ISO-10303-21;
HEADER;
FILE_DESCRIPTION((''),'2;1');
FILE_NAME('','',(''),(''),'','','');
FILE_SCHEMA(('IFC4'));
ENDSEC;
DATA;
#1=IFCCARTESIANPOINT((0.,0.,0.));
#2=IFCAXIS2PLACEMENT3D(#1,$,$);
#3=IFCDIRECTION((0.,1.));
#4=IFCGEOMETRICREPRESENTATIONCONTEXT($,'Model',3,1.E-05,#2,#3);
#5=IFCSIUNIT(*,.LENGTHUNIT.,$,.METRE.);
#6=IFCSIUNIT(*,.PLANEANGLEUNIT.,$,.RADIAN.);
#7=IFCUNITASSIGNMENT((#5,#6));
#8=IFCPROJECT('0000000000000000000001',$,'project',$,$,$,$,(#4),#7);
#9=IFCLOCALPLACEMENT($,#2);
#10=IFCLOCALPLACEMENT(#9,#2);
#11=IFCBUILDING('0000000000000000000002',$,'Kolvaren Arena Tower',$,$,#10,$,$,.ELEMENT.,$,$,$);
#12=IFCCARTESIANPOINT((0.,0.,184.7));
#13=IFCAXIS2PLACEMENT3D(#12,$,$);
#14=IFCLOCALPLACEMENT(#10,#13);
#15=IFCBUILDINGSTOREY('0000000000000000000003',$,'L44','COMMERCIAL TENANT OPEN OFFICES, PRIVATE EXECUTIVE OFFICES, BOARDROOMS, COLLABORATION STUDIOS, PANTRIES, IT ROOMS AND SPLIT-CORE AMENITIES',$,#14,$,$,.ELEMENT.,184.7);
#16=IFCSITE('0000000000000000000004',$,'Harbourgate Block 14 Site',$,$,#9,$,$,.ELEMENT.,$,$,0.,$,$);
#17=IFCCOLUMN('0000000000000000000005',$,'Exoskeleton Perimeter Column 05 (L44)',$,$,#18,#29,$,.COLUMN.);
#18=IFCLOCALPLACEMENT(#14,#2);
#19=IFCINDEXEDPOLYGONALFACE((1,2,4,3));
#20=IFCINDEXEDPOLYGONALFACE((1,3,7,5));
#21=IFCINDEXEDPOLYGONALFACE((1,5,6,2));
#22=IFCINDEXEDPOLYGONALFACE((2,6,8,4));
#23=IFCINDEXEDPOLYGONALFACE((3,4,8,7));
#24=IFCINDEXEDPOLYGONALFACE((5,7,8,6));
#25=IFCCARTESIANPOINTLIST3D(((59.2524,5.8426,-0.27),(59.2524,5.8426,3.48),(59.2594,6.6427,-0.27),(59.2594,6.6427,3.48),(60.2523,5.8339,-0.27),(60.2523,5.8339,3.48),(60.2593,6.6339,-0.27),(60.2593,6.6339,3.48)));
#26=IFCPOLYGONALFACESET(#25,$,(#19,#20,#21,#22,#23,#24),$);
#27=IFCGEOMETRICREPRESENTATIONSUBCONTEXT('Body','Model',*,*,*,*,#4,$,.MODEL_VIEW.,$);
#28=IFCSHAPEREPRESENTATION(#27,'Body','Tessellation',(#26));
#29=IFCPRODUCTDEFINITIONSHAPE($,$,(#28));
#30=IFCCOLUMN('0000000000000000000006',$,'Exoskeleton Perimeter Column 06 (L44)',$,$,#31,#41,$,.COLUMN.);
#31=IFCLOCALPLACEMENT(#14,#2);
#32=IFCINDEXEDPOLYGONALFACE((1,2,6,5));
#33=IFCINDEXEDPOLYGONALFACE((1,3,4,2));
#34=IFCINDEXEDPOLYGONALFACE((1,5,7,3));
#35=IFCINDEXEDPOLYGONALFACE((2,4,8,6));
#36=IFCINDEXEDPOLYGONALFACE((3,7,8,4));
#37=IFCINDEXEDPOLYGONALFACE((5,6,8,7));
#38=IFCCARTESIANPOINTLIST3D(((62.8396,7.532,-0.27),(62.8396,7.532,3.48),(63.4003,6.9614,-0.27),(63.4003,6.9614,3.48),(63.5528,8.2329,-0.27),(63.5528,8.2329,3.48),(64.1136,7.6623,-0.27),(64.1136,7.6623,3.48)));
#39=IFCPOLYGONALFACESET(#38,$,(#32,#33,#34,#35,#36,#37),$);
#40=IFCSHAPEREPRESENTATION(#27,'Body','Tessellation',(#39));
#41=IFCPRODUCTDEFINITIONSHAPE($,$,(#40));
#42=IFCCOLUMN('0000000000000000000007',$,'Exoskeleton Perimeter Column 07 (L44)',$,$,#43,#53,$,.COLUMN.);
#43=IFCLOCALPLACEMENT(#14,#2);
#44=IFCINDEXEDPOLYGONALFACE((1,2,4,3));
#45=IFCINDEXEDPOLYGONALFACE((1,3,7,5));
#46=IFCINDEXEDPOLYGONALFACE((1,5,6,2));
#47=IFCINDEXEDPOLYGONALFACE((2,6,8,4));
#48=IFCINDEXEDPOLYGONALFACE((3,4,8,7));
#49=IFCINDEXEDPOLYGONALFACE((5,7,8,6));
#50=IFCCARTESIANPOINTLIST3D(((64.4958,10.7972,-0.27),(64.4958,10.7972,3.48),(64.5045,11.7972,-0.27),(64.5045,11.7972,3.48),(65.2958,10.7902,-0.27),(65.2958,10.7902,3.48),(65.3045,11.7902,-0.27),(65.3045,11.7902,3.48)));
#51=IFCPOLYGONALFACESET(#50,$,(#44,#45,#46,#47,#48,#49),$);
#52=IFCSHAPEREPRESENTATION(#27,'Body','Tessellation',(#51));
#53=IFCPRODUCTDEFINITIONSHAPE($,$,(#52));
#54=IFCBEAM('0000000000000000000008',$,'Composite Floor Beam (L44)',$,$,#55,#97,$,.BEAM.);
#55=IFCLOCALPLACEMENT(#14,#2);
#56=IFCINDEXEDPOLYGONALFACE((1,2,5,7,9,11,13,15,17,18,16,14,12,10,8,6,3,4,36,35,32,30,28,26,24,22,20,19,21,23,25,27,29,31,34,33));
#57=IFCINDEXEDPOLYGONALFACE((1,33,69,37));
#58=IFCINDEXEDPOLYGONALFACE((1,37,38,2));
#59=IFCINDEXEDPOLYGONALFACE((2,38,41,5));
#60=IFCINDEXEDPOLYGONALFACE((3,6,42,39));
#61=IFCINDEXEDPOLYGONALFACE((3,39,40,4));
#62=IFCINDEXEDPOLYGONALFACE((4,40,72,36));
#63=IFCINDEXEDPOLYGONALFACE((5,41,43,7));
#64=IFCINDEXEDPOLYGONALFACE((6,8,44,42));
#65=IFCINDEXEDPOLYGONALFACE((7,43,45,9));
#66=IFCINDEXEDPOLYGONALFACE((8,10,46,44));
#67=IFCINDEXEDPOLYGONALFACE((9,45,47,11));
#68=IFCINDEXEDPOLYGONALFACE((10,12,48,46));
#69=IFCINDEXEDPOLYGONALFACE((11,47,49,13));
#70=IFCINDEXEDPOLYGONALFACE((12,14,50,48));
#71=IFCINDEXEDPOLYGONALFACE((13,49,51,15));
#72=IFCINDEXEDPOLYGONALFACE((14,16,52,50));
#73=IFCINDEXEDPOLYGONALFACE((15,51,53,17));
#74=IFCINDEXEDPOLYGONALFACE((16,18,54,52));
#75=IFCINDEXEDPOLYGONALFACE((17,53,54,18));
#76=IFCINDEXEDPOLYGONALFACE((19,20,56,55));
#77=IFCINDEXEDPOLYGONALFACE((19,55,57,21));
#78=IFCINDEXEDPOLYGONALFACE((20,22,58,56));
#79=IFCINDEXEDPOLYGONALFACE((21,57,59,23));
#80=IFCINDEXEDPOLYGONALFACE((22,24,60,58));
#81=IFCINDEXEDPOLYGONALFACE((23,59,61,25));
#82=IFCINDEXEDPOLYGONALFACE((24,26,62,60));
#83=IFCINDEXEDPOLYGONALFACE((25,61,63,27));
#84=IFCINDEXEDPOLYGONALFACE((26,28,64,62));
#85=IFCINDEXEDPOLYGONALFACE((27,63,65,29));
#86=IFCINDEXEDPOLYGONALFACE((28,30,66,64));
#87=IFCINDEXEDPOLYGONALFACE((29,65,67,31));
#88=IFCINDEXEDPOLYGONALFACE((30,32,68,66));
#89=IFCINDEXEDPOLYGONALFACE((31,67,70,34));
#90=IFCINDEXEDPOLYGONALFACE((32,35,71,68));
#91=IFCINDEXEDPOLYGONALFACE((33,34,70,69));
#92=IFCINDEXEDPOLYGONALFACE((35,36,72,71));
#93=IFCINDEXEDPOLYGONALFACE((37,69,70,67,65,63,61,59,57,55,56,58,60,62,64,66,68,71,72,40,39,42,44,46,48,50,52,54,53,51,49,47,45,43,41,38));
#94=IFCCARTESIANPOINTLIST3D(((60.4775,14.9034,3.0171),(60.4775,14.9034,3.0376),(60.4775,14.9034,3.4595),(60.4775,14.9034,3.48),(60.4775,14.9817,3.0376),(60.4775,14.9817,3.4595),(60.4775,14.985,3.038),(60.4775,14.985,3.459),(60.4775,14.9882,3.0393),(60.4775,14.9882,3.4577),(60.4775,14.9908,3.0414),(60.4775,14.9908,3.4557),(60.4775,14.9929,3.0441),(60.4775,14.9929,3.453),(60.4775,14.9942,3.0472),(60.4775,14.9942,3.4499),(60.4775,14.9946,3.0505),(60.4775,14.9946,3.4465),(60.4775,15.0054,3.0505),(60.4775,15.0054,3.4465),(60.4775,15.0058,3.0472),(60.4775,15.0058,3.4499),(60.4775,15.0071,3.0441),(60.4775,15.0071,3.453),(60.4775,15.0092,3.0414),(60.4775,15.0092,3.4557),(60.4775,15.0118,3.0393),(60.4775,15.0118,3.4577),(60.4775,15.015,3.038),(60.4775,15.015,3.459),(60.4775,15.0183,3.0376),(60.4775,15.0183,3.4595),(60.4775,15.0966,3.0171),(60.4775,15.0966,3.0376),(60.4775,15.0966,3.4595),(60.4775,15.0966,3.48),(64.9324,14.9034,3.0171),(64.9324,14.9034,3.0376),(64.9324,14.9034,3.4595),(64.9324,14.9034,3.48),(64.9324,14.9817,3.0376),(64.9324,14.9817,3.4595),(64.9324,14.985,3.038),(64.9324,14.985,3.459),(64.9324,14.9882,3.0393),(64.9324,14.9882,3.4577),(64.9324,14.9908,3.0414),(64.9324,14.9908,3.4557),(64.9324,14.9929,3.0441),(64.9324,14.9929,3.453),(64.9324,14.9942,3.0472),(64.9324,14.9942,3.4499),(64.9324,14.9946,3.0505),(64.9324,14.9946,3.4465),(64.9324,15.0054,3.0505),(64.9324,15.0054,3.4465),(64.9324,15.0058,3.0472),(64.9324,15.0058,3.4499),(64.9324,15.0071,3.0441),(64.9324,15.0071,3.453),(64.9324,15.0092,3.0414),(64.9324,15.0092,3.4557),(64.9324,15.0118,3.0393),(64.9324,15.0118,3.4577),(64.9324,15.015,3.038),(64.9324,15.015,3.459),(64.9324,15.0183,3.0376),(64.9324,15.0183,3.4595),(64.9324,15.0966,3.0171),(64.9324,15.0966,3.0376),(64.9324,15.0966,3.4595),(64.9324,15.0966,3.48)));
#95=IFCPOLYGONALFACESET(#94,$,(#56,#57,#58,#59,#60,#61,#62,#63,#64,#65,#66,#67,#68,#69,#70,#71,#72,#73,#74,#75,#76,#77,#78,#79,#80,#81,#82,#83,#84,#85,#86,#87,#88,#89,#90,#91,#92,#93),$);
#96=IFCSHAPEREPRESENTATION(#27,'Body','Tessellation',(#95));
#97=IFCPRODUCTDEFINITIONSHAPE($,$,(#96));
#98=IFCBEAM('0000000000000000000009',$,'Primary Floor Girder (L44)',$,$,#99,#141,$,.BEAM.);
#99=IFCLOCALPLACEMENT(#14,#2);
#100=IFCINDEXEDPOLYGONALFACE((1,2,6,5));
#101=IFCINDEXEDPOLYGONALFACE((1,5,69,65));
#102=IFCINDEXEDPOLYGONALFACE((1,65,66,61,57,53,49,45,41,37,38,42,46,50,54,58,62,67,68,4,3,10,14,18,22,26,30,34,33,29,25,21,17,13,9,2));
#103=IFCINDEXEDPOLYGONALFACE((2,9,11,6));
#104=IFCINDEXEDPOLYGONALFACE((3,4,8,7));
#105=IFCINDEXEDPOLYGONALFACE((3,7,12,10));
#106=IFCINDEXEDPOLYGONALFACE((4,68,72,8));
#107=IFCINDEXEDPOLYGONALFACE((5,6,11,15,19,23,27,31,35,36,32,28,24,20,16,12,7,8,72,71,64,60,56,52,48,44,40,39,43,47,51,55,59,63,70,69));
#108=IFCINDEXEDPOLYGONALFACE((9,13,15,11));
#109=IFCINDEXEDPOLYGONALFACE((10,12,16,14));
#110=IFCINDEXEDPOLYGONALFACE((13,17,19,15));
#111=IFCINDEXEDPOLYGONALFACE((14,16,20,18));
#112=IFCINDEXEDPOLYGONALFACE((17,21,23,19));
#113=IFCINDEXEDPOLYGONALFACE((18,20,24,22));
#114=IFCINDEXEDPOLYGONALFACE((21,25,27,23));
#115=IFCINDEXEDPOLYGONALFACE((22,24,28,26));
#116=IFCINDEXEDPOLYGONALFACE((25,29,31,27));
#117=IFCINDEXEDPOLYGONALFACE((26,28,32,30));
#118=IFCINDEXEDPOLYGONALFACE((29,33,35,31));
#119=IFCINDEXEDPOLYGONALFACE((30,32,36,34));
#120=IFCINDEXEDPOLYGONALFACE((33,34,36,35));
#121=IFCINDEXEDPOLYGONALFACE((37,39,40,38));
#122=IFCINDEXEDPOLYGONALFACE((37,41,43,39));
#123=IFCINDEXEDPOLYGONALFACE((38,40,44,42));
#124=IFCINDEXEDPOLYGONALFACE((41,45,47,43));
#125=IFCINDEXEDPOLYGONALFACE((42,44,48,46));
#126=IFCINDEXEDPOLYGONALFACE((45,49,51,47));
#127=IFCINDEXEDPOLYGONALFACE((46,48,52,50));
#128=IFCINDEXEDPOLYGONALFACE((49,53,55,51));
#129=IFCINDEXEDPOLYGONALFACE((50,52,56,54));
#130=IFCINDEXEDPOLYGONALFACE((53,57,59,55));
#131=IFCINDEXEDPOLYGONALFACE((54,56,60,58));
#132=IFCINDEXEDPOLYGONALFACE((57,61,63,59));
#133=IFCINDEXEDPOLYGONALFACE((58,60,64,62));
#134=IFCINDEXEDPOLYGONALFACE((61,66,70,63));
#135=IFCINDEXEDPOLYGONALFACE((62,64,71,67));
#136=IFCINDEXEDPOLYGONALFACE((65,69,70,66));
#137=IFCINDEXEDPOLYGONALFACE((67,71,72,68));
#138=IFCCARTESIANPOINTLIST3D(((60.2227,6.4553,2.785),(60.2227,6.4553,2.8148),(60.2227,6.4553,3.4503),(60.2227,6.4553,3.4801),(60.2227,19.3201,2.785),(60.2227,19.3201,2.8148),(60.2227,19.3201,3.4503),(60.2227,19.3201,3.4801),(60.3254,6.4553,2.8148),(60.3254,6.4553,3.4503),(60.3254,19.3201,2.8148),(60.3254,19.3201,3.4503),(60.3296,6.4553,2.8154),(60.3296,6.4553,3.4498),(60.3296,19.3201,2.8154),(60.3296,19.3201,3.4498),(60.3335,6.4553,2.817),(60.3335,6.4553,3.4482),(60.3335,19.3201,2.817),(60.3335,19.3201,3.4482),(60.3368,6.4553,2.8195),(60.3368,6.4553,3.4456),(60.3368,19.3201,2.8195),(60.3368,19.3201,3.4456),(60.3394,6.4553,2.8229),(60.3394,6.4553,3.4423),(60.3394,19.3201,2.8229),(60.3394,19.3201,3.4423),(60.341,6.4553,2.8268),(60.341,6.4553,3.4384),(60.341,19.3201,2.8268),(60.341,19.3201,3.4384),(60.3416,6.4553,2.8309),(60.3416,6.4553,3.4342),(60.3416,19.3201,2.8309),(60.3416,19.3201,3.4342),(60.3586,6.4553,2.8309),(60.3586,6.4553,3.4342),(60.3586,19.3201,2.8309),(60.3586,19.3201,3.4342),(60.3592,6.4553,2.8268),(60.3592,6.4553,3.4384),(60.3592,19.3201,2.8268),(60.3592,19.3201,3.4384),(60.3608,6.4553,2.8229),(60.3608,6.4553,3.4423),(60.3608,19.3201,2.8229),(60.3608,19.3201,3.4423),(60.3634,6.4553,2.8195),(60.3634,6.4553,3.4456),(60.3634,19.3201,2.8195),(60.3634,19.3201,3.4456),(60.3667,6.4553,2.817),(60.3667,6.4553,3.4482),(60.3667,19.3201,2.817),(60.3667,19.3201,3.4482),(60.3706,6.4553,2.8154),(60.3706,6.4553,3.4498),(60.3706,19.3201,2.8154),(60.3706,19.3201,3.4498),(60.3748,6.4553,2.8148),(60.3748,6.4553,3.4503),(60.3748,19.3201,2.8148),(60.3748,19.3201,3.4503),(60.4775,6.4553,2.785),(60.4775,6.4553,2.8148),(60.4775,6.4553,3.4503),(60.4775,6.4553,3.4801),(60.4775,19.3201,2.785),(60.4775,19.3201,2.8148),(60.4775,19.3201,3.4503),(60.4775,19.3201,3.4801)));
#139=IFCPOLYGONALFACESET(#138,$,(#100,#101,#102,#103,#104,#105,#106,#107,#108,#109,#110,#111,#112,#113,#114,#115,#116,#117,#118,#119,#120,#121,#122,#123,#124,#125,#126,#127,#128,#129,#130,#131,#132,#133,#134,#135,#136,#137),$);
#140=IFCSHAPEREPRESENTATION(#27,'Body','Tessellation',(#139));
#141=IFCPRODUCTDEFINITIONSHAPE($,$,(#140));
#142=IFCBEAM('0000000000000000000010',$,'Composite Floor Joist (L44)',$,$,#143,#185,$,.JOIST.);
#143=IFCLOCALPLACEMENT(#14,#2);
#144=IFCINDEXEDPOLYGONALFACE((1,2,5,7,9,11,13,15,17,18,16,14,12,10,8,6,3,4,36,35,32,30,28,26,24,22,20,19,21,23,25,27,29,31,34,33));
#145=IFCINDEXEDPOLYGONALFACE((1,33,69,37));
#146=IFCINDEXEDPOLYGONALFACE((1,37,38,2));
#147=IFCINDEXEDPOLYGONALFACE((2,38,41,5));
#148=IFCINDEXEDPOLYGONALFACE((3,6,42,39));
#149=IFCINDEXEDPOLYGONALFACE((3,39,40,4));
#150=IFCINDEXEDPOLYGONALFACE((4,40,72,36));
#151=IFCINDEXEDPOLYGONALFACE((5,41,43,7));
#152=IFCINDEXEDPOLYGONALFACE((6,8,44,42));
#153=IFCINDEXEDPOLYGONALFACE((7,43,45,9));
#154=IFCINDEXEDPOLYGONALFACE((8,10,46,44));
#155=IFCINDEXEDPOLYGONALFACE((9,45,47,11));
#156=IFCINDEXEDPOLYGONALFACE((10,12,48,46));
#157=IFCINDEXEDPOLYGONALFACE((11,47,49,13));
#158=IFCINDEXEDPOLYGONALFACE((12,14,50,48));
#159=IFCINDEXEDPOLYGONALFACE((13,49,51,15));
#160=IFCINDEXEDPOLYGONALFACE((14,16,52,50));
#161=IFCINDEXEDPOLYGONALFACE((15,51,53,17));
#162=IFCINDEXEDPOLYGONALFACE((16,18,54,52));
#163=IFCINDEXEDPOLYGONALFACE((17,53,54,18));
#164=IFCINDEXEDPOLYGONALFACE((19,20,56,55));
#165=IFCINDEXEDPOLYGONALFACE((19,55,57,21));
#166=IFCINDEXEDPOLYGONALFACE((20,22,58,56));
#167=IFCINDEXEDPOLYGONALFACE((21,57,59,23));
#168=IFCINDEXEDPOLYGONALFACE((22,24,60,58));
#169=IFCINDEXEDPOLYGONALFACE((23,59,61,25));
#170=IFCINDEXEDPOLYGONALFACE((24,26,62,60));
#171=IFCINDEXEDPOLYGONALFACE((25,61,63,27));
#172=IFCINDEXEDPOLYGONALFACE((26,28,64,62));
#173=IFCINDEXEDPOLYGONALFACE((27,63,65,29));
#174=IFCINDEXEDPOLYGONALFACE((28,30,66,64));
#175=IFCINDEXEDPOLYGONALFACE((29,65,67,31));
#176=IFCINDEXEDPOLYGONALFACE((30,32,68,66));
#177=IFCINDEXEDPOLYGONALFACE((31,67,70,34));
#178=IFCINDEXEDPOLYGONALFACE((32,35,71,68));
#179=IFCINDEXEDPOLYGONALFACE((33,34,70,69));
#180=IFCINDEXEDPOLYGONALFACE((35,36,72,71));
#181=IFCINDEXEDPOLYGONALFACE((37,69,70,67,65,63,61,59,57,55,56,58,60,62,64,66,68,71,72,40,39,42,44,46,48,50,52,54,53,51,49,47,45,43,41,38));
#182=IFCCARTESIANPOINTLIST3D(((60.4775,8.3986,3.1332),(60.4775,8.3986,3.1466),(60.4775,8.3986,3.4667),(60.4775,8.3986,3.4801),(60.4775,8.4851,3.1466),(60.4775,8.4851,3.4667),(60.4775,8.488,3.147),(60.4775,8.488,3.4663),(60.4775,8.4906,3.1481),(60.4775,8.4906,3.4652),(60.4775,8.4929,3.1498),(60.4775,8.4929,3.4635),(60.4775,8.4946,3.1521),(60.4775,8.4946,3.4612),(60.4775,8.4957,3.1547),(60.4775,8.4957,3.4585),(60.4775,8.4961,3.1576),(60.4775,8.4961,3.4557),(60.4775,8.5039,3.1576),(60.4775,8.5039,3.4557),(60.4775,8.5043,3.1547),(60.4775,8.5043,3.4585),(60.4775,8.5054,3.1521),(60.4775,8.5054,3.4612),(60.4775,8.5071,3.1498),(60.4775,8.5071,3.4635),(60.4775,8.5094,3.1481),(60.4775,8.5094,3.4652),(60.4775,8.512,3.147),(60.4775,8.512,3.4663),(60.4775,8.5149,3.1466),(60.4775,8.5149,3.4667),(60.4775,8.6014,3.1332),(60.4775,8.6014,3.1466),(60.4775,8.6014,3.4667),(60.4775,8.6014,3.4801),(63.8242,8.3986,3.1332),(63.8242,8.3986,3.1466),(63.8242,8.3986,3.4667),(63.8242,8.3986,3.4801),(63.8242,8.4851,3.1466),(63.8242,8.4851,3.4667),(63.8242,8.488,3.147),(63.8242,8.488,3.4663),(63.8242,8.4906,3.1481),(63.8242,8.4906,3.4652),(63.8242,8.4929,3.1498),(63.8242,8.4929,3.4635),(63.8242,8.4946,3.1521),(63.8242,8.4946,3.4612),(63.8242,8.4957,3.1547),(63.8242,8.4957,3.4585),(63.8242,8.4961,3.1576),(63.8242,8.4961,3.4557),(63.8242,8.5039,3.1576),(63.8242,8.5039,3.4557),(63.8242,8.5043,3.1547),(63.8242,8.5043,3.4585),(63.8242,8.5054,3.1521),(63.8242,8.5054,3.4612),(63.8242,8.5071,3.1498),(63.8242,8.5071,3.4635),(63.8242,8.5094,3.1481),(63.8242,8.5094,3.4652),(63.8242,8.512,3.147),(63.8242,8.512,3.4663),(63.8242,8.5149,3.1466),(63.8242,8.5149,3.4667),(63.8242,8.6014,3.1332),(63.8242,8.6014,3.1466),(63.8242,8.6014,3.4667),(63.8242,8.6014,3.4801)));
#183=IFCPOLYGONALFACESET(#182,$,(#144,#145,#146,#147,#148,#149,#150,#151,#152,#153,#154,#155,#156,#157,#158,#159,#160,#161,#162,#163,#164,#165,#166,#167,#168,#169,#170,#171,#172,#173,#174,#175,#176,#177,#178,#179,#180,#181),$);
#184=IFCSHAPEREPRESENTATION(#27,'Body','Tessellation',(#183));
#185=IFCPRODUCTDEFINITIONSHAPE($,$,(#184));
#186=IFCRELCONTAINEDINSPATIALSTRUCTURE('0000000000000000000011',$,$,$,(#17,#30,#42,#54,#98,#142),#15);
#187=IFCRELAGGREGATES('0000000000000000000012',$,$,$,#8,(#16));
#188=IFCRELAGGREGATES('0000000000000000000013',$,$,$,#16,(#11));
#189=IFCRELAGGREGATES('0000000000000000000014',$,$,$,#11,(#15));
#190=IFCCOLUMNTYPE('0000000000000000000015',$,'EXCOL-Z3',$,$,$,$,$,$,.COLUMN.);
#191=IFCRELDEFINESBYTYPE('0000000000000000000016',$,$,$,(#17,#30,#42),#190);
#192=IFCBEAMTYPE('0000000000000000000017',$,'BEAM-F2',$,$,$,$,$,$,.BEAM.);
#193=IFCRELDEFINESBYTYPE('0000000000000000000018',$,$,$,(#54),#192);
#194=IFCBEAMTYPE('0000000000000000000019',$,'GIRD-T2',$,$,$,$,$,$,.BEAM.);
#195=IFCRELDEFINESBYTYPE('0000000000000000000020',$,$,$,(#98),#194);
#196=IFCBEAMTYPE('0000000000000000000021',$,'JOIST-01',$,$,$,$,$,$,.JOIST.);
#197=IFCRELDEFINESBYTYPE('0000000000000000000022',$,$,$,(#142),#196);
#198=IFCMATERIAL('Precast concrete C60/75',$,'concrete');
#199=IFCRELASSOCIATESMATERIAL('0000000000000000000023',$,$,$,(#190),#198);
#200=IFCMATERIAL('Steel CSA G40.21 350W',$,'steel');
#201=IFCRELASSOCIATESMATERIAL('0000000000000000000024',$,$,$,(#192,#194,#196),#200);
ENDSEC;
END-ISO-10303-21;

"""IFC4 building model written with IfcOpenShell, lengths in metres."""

from ifc_helpers import new_model, si_unit, direction, frame, origin, origin_2d, place, context, subcontext, project, spatial, rectangle, i_section, extrude, material, material_profile, profile_set, type_object, element, save


model = new_model("IFC4")

# Units and contexts
model_context = context("Model", 3, precision=1e-05, world=origin(), true_north=direction((0.0, 1.0)))
body_context = subcontext(model_context, "Body", "Model", "MODEL_VIEW")
ifc_project = project(units=[si_unit("LENGTHUNIT", "METRE"), si_unit("PLANEANGLEUNIT", "RADIAN")], contexts=[model_context])

# Site, building, storey
site_placement = place(None, origin())
site = spatial("IfcSite", under=ifc_project, at=site_placement, Name="Harbourgate Block 14 Site", CompositionType="ELEMENT", RefElevation=0.0)
building_placement = place(site_placement, origin())
building = spatial("IfcBuilding", under=site, at=building_placement, Name="Kolvaren Arena Tower", CompositionType="ELEMENT")
storey_placement = place(building_placement, frame((0.0, 0.0, 184.7)))
storey = spatial("IfcBuildingStorey", under=building, at=storey_placement, Name="L44", Description="COMMERCIAL TENANT OPEN OFFICES, PRIVATE EXECUTIVE OFFICES, BOARDROOMS, COLLABORATION STUDIOS, PANTRIES, IT ROOMS AND SPLIT-CORE AMENITIES", CompositionType="ELEMENT", Elevation=184.7)

# Columns
ifc_material_1 = material(Name="Precast concrete C60/75", Category="concrete")
ifc_material_profile_1 = material_profile(ifc_material_1, rectangle(XDim=1.0, YDim=0.8, at=origin_2d()), Name="RC-1000x800")
ifc_profile_set_1 = profile_set([ifc_material_profile_1], Name="Precast concrete C60/75")
column_type = type_object("IfcColumnType", Name="EXCOL-Z3", PredefinedType="COLUMN", material=ifc_profile_set_1)
for number, where, z_axis, x_axis, name in (
    (1, (59.7559, 6.2383, -0.27), (0.0, 0.0, 1.0), (0.999962, -0.008727, 0.0), "Exoskeleton Perimeter Column 05 (L44)"),
    (2, (63.4766, 7.5972, -0.27), (0.0, 0.0, 1.0), (0.71325, 0.700909, 0.0), "Exoskeleton Perimeter Column 06 (L44)"),
    (3, (64.9001, 11.2937, -0.27), (0.0, 0.0, 1.0), (0.008727, 0.999962, 0.0), "Exoskeleton Perimeter Column 07 (L44)"),
):
    element("IfcColumn", number, at=place(storey_placement, frame(where, z_axis=z_axis, x_axis=x_axis)), inside=storey, type_object=column_type, Name=name, PredefinedType="COLUMN", context=body_context, shape_type="SweptSolid", body=[
        extrude(rectangle(XDim=1.0, YDim=0.8, at=origin_2d()), origin(), (0.0, 0.0, 1.0), 3.75),
    ])

# Beams
ifc_material_2 = material(Name="Steel CSA G40.21 350W", Category="steel")
ifc_material_profile_2 = material_profile(ifc_material_2, i_section(OverallWidth=0.1931, OverallDepth=0.4629, WebThickness=0.0107, FlangeThickness=0.0205, FilletRadius=0.0129, at=origin_2d()), Name="W460x113")
ifc_profile_set_2 = profile_set([ifc_material_profile_2], Name="Steel CSA G40.21 350W")
beam_type_1 = type_object("IfcBeamType", Name="BEAM-F2", PredefinedType="BEAM", material=ifc_profile_set_2)
beam_1_placement = place(storey_placement, frame((60.4775, 15.0, 3.2485), z_axis=(1.0, 0.0, 0.0), x_axis=(0.0, 1.0, 0.0)))
element("IfcBeam", 4, at=beam_1_placement, inside=storey, type_object=beam_type_1, Name="Composite Floor Beam (L44)", PredefinedType="BEAM", context=body_context, shape_type="SweptSolid", body=[
    extrude(i_section(OverallWidth=0.1931, OverallDepth=0.4629, WebThickness=0.0107, FlangeThickness=0.0205, FilletRadius=0.0129, at=origin_2d()), origin(), (0.0, 0.0, 1.0), 4.4548),
])
ifc_material_profile_3 = material_profile(ifc_material_2, i_section(OverallWidth=0.2549, OverallDepth=0.6951, WebThickness=0.0171, FlangeThickness=0.0298, FilletRadius=0.0161, at=origin_2d()), Name="W690x217")
ifc_profile_set_3 = profile_set([ifc_material_profile_3], Name="Steel CSA G40.21 350W")
beam_type_2 = type_object("IfcBeamType", Name="GIRD-T2", PredefinedType="BEAM", material=ifc_profile_set_3)
beam_2_placement = place(storey_placement, frame((60.3501, 6.4553, 3.1326), z_axis=(0.0, 1.0, 0.0), x_axis=(-1.0, 0.0, 0.0)))
element("IfcBeam", 5, at=beam_2_placement, inside=storey, type_object=beam_type_2, Name="Primary Floor Girder (L44)", PredefinedType="BEAM", context=body_context, shape_type="SweptSolid", body=[
    extrude(i_section(OverallWidth=0.2549, OverallDepth=0.6951, WebThickness=0.0171, FlangeThickness=0.0298, FilletRadius=0.0161, at=origin_2d()), origin(), (0.0, 0.0, 1.0), 12.8647),
])
ifc_material_profile_4 = material_profile(ifc_material_2, i_section(OverallWidth=0.2029, OverallDepth=0.3469, WebThickness=0.0078, FlangeThickness=0.0134, FilletRadius=0.011, at=origin_2d()), Name="W360x64")
ifc_profile_set_4 = profile_set([ifc_material_profile_4], Name="Steel CSA G40.21 350W")
beam_type_3 = type_object("IfcBeamType", Name="JOIST-01", PredefinedType="JOIST", material=ifc_profile_set_4)
beam_3_placement = place(storey_placement, frame((60.4775, 8.5, 3.3066), z_axis=(1.0, 0.0, 0.0), x_axis=(0.0, 1.0, 0.0)))
element("IfcBeam", 6, at=beam_3_placement, inside=storey, type_object=beam_type_3, Name="Composite Floor Joist (L44)", PredefinedType="JOIST", context=body_context, shape_type="SweptSolid", body=[
    extrude(i_section(OverallWidth=0.2029, OverallDepth=0.3469, WebThickness=0.0078, FlangeThickness=0.0134, FilletRadius=0.011, at=origin_2d()), origin(), (0.0, 0.0, 1.0), 3.3467),
])

save(model, "model.ifc")
